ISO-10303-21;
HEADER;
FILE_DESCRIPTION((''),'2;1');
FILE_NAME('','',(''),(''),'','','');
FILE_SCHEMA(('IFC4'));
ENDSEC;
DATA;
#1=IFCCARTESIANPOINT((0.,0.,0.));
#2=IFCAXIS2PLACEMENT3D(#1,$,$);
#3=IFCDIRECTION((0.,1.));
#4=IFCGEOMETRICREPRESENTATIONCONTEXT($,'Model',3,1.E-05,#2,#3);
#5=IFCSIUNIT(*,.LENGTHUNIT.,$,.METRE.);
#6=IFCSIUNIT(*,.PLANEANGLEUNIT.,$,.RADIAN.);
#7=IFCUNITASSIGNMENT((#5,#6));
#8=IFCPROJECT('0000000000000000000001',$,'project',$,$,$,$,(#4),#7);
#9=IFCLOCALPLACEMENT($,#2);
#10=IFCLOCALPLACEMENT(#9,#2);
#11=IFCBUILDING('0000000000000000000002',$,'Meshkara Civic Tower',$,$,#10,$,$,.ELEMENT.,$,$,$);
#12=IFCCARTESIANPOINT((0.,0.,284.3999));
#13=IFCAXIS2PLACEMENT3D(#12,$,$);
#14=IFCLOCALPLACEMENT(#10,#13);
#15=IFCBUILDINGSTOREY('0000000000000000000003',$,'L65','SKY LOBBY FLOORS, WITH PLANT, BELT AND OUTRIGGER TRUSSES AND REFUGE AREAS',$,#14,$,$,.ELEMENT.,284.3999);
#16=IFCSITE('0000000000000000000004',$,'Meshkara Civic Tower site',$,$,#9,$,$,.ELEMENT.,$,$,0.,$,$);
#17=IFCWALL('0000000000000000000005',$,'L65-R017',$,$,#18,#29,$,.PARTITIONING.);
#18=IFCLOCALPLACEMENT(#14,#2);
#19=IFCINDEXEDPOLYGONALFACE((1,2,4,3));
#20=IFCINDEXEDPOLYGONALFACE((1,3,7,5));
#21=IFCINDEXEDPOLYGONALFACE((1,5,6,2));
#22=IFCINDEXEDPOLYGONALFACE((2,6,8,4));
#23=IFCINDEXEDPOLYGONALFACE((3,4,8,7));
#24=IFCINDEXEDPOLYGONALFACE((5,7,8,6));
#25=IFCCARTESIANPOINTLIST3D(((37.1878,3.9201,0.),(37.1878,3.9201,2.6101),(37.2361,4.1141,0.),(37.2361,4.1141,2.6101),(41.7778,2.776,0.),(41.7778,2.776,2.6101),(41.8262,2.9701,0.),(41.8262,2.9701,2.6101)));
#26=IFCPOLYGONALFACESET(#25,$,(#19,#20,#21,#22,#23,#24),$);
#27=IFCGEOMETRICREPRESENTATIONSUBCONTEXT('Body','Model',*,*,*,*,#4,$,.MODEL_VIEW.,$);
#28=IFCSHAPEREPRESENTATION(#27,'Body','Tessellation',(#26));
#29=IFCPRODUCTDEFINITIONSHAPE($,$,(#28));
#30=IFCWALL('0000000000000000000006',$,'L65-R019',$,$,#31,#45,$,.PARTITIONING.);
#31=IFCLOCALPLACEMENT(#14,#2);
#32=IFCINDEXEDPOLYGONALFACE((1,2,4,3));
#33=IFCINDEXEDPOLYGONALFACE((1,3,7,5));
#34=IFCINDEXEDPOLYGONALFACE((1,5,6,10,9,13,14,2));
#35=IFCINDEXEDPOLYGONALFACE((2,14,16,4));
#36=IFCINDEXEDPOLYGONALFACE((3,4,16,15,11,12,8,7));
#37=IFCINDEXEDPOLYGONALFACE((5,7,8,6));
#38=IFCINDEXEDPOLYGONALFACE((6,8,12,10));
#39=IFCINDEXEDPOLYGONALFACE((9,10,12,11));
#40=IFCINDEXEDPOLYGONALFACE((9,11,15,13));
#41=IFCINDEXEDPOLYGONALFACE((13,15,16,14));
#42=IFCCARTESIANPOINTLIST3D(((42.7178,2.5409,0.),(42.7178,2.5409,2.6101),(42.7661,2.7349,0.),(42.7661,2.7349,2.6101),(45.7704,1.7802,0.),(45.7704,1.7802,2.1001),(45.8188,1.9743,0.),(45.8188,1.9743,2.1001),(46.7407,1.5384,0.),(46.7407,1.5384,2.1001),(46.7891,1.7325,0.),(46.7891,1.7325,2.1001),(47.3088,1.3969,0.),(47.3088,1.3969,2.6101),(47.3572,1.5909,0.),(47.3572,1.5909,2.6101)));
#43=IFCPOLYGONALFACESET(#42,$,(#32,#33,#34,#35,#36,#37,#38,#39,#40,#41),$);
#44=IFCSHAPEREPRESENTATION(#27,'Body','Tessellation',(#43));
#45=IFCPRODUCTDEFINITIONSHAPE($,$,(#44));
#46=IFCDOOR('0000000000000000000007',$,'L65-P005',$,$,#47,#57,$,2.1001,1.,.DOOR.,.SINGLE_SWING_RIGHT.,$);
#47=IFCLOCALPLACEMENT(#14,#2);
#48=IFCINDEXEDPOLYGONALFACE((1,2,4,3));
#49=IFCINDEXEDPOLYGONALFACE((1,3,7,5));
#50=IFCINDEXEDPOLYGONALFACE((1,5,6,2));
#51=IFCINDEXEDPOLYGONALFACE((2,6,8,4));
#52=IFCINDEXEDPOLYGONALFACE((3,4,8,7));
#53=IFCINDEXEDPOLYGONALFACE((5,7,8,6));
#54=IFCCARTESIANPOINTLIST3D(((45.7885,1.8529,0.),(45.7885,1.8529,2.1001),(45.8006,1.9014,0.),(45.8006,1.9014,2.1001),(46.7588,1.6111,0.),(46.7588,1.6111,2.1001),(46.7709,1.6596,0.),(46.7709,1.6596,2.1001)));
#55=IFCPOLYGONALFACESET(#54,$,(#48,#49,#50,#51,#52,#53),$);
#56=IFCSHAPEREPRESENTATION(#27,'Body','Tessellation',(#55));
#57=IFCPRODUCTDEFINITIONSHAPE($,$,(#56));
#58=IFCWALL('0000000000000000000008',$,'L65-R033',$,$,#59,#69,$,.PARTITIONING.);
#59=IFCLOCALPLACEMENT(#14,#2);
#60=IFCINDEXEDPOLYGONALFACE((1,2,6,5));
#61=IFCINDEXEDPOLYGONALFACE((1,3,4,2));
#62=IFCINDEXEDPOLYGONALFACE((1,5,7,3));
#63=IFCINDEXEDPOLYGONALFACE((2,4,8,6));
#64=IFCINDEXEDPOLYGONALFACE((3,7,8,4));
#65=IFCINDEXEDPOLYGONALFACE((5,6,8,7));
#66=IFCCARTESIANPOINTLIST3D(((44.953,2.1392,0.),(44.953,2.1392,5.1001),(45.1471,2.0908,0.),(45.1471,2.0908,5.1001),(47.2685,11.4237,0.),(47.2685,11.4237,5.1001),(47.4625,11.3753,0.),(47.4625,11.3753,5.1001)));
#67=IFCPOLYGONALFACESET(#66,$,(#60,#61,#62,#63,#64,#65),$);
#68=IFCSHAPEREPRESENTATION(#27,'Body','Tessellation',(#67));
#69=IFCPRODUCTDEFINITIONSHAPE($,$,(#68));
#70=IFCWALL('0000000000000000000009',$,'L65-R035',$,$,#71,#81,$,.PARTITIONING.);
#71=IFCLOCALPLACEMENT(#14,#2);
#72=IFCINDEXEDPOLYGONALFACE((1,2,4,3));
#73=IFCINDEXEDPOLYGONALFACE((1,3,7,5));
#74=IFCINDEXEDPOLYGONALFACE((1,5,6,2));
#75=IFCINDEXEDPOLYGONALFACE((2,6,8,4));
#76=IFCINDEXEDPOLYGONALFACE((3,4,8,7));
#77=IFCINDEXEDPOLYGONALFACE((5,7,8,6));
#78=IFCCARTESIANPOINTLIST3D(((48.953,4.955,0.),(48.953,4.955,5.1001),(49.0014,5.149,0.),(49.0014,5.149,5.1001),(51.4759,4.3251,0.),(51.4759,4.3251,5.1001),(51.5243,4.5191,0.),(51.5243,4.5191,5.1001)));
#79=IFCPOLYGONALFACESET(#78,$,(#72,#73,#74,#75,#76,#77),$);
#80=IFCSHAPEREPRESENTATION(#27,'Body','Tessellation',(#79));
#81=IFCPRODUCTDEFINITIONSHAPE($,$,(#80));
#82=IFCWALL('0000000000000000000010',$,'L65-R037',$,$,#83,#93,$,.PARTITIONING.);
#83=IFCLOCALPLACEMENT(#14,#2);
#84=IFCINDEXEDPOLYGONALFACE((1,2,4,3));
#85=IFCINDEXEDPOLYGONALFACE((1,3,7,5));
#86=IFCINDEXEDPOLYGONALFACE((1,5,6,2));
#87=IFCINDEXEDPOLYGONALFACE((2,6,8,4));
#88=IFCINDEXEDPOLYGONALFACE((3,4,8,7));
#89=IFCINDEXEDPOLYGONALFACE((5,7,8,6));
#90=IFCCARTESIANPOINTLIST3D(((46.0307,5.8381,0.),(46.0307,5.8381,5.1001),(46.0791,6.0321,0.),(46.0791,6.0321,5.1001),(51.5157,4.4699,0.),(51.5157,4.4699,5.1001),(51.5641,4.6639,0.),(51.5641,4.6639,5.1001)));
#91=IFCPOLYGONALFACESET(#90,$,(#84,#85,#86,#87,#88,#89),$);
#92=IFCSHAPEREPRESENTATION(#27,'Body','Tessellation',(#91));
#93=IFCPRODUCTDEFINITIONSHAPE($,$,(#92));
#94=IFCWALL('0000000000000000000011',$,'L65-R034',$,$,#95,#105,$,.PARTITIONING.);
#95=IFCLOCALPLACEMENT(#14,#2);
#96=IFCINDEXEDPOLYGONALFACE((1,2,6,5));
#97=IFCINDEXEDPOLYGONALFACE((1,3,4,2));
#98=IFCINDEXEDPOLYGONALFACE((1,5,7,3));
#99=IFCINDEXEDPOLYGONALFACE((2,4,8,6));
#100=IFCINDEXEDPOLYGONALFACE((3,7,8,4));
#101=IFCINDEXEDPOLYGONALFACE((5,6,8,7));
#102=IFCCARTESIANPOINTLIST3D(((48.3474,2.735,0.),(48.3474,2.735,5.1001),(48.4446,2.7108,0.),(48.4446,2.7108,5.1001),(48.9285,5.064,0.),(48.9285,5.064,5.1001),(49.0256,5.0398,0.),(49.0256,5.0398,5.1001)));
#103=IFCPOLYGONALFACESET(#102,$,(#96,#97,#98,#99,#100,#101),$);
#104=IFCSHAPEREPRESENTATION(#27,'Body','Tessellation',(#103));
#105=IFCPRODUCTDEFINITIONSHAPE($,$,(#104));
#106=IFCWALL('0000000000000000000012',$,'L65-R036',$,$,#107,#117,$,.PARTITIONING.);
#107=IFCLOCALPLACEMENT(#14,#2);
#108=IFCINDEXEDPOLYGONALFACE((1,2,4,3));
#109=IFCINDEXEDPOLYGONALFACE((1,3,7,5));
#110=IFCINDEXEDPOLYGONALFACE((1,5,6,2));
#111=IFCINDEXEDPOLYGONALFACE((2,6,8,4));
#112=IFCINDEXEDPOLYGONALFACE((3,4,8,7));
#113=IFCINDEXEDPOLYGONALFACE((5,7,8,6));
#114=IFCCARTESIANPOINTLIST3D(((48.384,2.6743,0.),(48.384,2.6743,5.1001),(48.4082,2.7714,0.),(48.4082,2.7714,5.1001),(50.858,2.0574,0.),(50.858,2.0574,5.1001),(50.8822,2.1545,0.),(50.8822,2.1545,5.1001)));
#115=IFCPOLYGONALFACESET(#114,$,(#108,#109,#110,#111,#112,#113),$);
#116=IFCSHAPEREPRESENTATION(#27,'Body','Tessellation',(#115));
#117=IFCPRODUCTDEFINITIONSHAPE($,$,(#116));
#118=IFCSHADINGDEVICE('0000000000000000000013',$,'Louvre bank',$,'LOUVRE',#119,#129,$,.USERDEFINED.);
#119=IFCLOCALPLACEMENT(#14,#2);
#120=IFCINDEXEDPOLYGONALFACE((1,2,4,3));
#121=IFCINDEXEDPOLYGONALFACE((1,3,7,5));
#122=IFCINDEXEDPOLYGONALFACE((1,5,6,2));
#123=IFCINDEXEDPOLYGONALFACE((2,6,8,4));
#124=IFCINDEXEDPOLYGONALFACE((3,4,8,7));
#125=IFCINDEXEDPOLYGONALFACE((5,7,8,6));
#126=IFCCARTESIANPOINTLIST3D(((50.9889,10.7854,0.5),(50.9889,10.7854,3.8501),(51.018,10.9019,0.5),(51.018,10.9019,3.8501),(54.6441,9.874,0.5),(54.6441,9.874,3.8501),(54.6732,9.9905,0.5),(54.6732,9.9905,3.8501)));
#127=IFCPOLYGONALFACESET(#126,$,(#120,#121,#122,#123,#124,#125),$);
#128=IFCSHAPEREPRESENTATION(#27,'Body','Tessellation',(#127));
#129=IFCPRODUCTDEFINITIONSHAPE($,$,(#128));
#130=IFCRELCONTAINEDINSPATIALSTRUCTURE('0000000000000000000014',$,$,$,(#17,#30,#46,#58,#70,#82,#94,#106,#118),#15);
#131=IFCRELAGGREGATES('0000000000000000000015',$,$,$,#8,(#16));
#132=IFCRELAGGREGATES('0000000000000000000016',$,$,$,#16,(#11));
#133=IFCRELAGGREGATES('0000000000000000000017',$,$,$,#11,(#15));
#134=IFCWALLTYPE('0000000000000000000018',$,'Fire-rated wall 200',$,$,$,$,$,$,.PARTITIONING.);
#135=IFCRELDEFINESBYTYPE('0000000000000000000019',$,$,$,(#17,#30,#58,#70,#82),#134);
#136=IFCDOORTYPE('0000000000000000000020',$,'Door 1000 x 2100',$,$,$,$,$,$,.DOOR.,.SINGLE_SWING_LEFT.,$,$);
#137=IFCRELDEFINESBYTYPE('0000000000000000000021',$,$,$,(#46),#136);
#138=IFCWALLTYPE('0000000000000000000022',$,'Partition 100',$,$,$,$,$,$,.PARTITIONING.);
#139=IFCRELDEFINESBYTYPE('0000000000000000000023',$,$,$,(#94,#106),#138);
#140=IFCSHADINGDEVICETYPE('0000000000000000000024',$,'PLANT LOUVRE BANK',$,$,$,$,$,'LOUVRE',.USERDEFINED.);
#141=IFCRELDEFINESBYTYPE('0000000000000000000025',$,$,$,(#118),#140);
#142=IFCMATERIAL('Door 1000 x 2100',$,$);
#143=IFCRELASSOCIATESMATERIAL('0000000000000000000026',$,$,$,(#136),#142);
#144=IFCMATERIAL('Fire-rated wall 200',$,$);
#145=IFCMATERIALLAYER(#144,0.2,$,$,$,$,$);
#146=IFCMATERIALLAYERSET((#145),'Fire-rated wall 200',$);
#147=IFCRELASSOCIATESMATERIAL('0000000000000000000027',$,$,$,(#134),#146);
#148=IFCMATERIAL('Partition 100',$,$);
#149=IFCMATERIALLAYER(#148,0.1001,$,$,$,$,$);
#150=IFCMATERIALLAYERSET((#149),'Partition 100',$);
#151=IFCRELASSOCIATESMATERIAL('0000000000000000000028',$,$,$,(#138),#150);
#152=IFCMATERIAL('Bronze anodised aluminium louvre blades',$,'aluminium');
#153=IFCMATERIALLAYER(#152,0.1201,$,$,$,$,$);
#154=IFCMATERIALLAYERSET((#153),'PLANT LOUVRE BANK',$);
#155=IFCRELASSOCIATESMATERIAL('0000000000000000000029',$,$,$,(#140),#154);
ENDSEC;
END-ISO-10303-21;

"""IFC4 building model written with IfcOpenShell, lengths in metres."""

from ifc_helpers import new_model, si_unit, direction, frame, frame_2d, origin, origin_2d, place, context, subcontext, project, spatial, rectangle, extrude, material, layer, layer_set, type_object, element, fill, save


model = new_model("IFC4")

# Units and contexts
model_context = context("Model", 3, precision=1e-05, world=origin(), true_north=direction((0.0, 1.0)))
body_context = subcontext(model_context, "Body", "Model", "MODEL_VIEW")
ifc_project = project(units=[si_unit("LENGTHUNIT", "METRE"), si_unit("PLANEANGLEUNIT", "RADIAN")], contexts=[model_context])

# Site, building, storey
site_placement = place(None, origin())
site = spatial("IfcSite", under=ifc_project, at=site_placement, Name="Meshkara Civic Tower site", CompositionType="ELEMENT", RefElevation=0.0)
building_placement = place(site_placement, origin())
building = spatial("IfcBuilding", under=site, at=building_placement, Name="Meshkara Civic Tower", CompositionType="ELEMENT")
storey_placement = place(building_placement, frame((0.0, 0.0, 284.3999)))
storey = spatial("IfcBuildingStorey", under=building, at=storey_placement, Name="L65", Description="SKY LOBBY FLOORS, WITH PLANT, BELT AND OUTRIGGER TRUSSES AND REFUGE AREAS", CompositionType="ELEMENT", Elevation=284.3999)

# Shared definitions
ifc_material_1 = material(Name="Door 1000 x 2100")
door_type = type_object("IfcDoorType", Name="Door 1000 x 2100", OperationType="SINGLE_SWING_LEFT", PredefinedType="DOOR", material=ifc_material_1)

# Wall
ifc_material_2 = material(Name="Fire-rated wall 200")
ifc_layer_1 = layer(ifc_material_2, 0.2)
ifc_layer_set_1 = layer_set([ifc_layer_1], Name="Fire-rated wall 200")
wall_type_1 = type_object("IfcWallType", Name="Fire-rated wall 200", PredefinedType="PARTITIONING", material=ifc_layer_set_1)
wall_1_placement = place(storey_placement, frame((41.802, 2.873, 0.0), z_axis=(0.0, 0.0, 1.0), x_axis=(-0.970315, 0.241843, 0.0)))
element("IfcWall", 1, at=wall_1_placement, inside=storey, type_object=wall_type_1, Name="L65-R017", PredefinedType="PARTITIONING", context=body_context, shape_type="SweptSolid", body=[
    extrude(rectangle(XDim=4.7305, YDim=0.2, at=frame_2d((2.3652, 0.0))), origin(), (0.0, 0.0, 1.0), 2.6101),
])

# Wall, opening, door
wall_2_placement = place(storey_placement, frame((42.7419, 2.6379, 0.0), z_axis=(0.0, 0.0, 1.0), x_axis=(0.970327, -0.241795, 0.0)))
wall_2 = element("IfcWall", 2, at=wall_2_placement, inside=storey, type_object=wall_type_1, Name="L65-R019", PredefinedType="PARTITIONING", context=body_context, shape_type="SweptSolid", body=[
    extrude(rectangle(XDim=4.7314, YDim=0.2, at=frame_2d((2.3657, 0.0))), origin(), (0.0, 0.0, 1.0), 2.6101),
])
opening_1_placement = place(wall_2_placement, frame((3.146, 0.0, 0.0)))
opening_1 = element("IfcOpeningElement", 3, at=opening_1_placement, cuts=wall_2, PredefinedType="OPENING", context=body_context, shape_type="SweptSolid", body=[
    extrude(rectangle(XDim=1.0, YDim=2.1001, at=frame_2d((0.5, 1.05))), frame((0.0, 0.1099, 0.0), z_axis=(0.0, -1.0, 0.0), x_axis=(1.0, 0.0, 0.0)), (0.0, 0.0, 1.0), 0.22),
])
door_1_placement = place(opening_1_placement, origin())
door_1 = element("IfcDoor", 4, at=door_1_placement, inside=storey, type_object=door_type, Name="L65-P005", OperationType="SINGLE_SWING_RIGHT", OverallHeight=2.1001, OverallWidth=1.0, PredefinedType="DOOR", context=body_context, shape_type="SweptSolid", body=[
    extrude(rectangle(XDim=1.0, YDim=2.1001, at=frame_2d((0.5, 1.05))), frame((0.0, 0.0249, 0.0), z_axis=(0.0, -1.0, 0.0), x_axis=(1.0, 0.0, 0.0)), (0.0, 0.0, 1.0), 0.05),
])
fill(opening_1, door_1)

# Walls
wall_3_placement = place(storey_placement, frame((45.05, 2.115, 0.0), z_axis=(0.0, 0.0, 1.0), x_axis=(0.241977, 0.970282, 0.0)))
element("IfcWall", 5, at=wall_3_placement, inside=storey, type_object=wall_type_1, Name="L65-R033", PredefinedType="PARTITIONING", context=body_context, shape_type="SweptSolid", body=[
    extrude(rectangle(XDim=9.5688, YDim=0.2, at=frame_2d((4.7844, 0.0))), origin(), (0.0, 0.0, 1.0), 5.1001),
])
wall_4_placement = place(storey_placement, frame((48.9771, 5.052, 0.0), z_axis=(0.0, 0.0, 1.0), x_axis=(0.97022, -0.242226, 0.0)))
element("IfcWall", 6, at=wall_4_placement, inside=storey, type_object=wall_type_1, Name="L65-R035", PredefinedType="PARTITIONING", context=body_context, shape_type="SweptSolid", body=[
    extrude(rectangle(XDim=2.6003, YDim=0.2, at=frame_2d((1.3003, 0.0))), origin(), (0.0, 0.0, 1.0), 5.1001),
])
wall_5_placement = place(storey_placement, frame((51.54, 4.5669, 0.0), z_axis=(0.0, 0.0, 1.0), x_axis=(-0.970272, 0.242017, 0.0)))
element("IfcWall", 7, at=wall_5_placement, inside=storey, type_object=wall_type_1, Name="L65-R037", PredefinedType="PARTITIONING", context=body_context, shape_type="SweptSolid", body=[
    extrude(rectangle(XDim=5.6531, YDim=0.2, at=frame_2d((2.8267, 0.0))), origin(), (0.0, 0.0, 1.0), 5.1001),
])
ifc_material_3 = material(Name="Partition 100")
ifc_layer_2 = layer(ifc_material_3, 0.1001)
ifc_layer_set_2 = layer_set([ifc_layer_2], Name="Partition 100")
wall_type_2 = type_object("IfcWallType", Name="Partition 100", PredefinedType="PARTITIONING", material=ifc_layer_set_2)
wall_6_placement = place(storey_placement, frame((48.396, 2.7229, 0.0), z_axis=(0.0, 0.0, 1.0), x_axis=(0.242057, 0.970262, 0.0)))
element("IfcWall", 8, at=wall_6_placement, inside=storey, type_object=wall_type_2, Name="L65-R034", PredefinedType="PARTITIONING", context=body_context, shape_type="SweptSolid", body=[
    extrude(rectangle(XDim=2.4004, YDim=0.1001, at=frame_2d((1.2002, 0.0))), origin(), (0.0, 0.0, 1.0), 5.1001),
])
wall_7_placement = place(storey_placement, frame((50.8701, 2.106, 0.0), z_axis=(0.0, 0.0, 1.0), x_axis=(-0.970289, 0.24195, 0.0)))
element("IfcWall", 9, at=wall_7_placement, inside=storey, type_object=wall_type_2, Name="L65-R036", PredefinedType="PARTITIONING", context=body_context, shape_type="SweptSolid", body=[
    extrude(rectangle(XDim=2.5498, YDim=0.1001, at=frame_2d((1.2749, 0.0))), origin(), (0.0, 0.0, 1.0), 5.1001),
])

# Shading device
ifc_material_4 = material(Name="Bronze anodised aluminium louvre blades", Category="aluminium")
ifc_layer_3 = layer(ifc_material_4, 0.1201)
ifc_layer_set_3 = layer_set([ifc_layer_3], Name="PLANT LOUVRE BANK")
shading_device_type = type_object("IfcShadingDeviceType", Name="PLANT LOUVRE BANK", ElementType="LOUVRE", PredefinedType="USERDEFINED", material=ifc_layer_set_3)
shading_device_placement = place(storey_placement, frame((52.8311, 10.3879, 0.5), z_axis=(0.0, 0.0, 1.0), x_axis=(-0.970292, 0.241939, 0.0)))
element("IfcShadingDevice", 10, at=shading_device_placement, inside=storey, type_object=shading_device_type, Name="Louvre bank", ObjectType="LOUVRE", PredefinedType="USERDEFINED", context=body_context, shape_type="SweptSolid", body=[
    extrude(rectangle(XDim=3.7671, YDim=0.1201, at=origin_2d()), origin(), (0.0, 0.0, 1.0), 3.3501),
])

save(model, "model.ifc")
